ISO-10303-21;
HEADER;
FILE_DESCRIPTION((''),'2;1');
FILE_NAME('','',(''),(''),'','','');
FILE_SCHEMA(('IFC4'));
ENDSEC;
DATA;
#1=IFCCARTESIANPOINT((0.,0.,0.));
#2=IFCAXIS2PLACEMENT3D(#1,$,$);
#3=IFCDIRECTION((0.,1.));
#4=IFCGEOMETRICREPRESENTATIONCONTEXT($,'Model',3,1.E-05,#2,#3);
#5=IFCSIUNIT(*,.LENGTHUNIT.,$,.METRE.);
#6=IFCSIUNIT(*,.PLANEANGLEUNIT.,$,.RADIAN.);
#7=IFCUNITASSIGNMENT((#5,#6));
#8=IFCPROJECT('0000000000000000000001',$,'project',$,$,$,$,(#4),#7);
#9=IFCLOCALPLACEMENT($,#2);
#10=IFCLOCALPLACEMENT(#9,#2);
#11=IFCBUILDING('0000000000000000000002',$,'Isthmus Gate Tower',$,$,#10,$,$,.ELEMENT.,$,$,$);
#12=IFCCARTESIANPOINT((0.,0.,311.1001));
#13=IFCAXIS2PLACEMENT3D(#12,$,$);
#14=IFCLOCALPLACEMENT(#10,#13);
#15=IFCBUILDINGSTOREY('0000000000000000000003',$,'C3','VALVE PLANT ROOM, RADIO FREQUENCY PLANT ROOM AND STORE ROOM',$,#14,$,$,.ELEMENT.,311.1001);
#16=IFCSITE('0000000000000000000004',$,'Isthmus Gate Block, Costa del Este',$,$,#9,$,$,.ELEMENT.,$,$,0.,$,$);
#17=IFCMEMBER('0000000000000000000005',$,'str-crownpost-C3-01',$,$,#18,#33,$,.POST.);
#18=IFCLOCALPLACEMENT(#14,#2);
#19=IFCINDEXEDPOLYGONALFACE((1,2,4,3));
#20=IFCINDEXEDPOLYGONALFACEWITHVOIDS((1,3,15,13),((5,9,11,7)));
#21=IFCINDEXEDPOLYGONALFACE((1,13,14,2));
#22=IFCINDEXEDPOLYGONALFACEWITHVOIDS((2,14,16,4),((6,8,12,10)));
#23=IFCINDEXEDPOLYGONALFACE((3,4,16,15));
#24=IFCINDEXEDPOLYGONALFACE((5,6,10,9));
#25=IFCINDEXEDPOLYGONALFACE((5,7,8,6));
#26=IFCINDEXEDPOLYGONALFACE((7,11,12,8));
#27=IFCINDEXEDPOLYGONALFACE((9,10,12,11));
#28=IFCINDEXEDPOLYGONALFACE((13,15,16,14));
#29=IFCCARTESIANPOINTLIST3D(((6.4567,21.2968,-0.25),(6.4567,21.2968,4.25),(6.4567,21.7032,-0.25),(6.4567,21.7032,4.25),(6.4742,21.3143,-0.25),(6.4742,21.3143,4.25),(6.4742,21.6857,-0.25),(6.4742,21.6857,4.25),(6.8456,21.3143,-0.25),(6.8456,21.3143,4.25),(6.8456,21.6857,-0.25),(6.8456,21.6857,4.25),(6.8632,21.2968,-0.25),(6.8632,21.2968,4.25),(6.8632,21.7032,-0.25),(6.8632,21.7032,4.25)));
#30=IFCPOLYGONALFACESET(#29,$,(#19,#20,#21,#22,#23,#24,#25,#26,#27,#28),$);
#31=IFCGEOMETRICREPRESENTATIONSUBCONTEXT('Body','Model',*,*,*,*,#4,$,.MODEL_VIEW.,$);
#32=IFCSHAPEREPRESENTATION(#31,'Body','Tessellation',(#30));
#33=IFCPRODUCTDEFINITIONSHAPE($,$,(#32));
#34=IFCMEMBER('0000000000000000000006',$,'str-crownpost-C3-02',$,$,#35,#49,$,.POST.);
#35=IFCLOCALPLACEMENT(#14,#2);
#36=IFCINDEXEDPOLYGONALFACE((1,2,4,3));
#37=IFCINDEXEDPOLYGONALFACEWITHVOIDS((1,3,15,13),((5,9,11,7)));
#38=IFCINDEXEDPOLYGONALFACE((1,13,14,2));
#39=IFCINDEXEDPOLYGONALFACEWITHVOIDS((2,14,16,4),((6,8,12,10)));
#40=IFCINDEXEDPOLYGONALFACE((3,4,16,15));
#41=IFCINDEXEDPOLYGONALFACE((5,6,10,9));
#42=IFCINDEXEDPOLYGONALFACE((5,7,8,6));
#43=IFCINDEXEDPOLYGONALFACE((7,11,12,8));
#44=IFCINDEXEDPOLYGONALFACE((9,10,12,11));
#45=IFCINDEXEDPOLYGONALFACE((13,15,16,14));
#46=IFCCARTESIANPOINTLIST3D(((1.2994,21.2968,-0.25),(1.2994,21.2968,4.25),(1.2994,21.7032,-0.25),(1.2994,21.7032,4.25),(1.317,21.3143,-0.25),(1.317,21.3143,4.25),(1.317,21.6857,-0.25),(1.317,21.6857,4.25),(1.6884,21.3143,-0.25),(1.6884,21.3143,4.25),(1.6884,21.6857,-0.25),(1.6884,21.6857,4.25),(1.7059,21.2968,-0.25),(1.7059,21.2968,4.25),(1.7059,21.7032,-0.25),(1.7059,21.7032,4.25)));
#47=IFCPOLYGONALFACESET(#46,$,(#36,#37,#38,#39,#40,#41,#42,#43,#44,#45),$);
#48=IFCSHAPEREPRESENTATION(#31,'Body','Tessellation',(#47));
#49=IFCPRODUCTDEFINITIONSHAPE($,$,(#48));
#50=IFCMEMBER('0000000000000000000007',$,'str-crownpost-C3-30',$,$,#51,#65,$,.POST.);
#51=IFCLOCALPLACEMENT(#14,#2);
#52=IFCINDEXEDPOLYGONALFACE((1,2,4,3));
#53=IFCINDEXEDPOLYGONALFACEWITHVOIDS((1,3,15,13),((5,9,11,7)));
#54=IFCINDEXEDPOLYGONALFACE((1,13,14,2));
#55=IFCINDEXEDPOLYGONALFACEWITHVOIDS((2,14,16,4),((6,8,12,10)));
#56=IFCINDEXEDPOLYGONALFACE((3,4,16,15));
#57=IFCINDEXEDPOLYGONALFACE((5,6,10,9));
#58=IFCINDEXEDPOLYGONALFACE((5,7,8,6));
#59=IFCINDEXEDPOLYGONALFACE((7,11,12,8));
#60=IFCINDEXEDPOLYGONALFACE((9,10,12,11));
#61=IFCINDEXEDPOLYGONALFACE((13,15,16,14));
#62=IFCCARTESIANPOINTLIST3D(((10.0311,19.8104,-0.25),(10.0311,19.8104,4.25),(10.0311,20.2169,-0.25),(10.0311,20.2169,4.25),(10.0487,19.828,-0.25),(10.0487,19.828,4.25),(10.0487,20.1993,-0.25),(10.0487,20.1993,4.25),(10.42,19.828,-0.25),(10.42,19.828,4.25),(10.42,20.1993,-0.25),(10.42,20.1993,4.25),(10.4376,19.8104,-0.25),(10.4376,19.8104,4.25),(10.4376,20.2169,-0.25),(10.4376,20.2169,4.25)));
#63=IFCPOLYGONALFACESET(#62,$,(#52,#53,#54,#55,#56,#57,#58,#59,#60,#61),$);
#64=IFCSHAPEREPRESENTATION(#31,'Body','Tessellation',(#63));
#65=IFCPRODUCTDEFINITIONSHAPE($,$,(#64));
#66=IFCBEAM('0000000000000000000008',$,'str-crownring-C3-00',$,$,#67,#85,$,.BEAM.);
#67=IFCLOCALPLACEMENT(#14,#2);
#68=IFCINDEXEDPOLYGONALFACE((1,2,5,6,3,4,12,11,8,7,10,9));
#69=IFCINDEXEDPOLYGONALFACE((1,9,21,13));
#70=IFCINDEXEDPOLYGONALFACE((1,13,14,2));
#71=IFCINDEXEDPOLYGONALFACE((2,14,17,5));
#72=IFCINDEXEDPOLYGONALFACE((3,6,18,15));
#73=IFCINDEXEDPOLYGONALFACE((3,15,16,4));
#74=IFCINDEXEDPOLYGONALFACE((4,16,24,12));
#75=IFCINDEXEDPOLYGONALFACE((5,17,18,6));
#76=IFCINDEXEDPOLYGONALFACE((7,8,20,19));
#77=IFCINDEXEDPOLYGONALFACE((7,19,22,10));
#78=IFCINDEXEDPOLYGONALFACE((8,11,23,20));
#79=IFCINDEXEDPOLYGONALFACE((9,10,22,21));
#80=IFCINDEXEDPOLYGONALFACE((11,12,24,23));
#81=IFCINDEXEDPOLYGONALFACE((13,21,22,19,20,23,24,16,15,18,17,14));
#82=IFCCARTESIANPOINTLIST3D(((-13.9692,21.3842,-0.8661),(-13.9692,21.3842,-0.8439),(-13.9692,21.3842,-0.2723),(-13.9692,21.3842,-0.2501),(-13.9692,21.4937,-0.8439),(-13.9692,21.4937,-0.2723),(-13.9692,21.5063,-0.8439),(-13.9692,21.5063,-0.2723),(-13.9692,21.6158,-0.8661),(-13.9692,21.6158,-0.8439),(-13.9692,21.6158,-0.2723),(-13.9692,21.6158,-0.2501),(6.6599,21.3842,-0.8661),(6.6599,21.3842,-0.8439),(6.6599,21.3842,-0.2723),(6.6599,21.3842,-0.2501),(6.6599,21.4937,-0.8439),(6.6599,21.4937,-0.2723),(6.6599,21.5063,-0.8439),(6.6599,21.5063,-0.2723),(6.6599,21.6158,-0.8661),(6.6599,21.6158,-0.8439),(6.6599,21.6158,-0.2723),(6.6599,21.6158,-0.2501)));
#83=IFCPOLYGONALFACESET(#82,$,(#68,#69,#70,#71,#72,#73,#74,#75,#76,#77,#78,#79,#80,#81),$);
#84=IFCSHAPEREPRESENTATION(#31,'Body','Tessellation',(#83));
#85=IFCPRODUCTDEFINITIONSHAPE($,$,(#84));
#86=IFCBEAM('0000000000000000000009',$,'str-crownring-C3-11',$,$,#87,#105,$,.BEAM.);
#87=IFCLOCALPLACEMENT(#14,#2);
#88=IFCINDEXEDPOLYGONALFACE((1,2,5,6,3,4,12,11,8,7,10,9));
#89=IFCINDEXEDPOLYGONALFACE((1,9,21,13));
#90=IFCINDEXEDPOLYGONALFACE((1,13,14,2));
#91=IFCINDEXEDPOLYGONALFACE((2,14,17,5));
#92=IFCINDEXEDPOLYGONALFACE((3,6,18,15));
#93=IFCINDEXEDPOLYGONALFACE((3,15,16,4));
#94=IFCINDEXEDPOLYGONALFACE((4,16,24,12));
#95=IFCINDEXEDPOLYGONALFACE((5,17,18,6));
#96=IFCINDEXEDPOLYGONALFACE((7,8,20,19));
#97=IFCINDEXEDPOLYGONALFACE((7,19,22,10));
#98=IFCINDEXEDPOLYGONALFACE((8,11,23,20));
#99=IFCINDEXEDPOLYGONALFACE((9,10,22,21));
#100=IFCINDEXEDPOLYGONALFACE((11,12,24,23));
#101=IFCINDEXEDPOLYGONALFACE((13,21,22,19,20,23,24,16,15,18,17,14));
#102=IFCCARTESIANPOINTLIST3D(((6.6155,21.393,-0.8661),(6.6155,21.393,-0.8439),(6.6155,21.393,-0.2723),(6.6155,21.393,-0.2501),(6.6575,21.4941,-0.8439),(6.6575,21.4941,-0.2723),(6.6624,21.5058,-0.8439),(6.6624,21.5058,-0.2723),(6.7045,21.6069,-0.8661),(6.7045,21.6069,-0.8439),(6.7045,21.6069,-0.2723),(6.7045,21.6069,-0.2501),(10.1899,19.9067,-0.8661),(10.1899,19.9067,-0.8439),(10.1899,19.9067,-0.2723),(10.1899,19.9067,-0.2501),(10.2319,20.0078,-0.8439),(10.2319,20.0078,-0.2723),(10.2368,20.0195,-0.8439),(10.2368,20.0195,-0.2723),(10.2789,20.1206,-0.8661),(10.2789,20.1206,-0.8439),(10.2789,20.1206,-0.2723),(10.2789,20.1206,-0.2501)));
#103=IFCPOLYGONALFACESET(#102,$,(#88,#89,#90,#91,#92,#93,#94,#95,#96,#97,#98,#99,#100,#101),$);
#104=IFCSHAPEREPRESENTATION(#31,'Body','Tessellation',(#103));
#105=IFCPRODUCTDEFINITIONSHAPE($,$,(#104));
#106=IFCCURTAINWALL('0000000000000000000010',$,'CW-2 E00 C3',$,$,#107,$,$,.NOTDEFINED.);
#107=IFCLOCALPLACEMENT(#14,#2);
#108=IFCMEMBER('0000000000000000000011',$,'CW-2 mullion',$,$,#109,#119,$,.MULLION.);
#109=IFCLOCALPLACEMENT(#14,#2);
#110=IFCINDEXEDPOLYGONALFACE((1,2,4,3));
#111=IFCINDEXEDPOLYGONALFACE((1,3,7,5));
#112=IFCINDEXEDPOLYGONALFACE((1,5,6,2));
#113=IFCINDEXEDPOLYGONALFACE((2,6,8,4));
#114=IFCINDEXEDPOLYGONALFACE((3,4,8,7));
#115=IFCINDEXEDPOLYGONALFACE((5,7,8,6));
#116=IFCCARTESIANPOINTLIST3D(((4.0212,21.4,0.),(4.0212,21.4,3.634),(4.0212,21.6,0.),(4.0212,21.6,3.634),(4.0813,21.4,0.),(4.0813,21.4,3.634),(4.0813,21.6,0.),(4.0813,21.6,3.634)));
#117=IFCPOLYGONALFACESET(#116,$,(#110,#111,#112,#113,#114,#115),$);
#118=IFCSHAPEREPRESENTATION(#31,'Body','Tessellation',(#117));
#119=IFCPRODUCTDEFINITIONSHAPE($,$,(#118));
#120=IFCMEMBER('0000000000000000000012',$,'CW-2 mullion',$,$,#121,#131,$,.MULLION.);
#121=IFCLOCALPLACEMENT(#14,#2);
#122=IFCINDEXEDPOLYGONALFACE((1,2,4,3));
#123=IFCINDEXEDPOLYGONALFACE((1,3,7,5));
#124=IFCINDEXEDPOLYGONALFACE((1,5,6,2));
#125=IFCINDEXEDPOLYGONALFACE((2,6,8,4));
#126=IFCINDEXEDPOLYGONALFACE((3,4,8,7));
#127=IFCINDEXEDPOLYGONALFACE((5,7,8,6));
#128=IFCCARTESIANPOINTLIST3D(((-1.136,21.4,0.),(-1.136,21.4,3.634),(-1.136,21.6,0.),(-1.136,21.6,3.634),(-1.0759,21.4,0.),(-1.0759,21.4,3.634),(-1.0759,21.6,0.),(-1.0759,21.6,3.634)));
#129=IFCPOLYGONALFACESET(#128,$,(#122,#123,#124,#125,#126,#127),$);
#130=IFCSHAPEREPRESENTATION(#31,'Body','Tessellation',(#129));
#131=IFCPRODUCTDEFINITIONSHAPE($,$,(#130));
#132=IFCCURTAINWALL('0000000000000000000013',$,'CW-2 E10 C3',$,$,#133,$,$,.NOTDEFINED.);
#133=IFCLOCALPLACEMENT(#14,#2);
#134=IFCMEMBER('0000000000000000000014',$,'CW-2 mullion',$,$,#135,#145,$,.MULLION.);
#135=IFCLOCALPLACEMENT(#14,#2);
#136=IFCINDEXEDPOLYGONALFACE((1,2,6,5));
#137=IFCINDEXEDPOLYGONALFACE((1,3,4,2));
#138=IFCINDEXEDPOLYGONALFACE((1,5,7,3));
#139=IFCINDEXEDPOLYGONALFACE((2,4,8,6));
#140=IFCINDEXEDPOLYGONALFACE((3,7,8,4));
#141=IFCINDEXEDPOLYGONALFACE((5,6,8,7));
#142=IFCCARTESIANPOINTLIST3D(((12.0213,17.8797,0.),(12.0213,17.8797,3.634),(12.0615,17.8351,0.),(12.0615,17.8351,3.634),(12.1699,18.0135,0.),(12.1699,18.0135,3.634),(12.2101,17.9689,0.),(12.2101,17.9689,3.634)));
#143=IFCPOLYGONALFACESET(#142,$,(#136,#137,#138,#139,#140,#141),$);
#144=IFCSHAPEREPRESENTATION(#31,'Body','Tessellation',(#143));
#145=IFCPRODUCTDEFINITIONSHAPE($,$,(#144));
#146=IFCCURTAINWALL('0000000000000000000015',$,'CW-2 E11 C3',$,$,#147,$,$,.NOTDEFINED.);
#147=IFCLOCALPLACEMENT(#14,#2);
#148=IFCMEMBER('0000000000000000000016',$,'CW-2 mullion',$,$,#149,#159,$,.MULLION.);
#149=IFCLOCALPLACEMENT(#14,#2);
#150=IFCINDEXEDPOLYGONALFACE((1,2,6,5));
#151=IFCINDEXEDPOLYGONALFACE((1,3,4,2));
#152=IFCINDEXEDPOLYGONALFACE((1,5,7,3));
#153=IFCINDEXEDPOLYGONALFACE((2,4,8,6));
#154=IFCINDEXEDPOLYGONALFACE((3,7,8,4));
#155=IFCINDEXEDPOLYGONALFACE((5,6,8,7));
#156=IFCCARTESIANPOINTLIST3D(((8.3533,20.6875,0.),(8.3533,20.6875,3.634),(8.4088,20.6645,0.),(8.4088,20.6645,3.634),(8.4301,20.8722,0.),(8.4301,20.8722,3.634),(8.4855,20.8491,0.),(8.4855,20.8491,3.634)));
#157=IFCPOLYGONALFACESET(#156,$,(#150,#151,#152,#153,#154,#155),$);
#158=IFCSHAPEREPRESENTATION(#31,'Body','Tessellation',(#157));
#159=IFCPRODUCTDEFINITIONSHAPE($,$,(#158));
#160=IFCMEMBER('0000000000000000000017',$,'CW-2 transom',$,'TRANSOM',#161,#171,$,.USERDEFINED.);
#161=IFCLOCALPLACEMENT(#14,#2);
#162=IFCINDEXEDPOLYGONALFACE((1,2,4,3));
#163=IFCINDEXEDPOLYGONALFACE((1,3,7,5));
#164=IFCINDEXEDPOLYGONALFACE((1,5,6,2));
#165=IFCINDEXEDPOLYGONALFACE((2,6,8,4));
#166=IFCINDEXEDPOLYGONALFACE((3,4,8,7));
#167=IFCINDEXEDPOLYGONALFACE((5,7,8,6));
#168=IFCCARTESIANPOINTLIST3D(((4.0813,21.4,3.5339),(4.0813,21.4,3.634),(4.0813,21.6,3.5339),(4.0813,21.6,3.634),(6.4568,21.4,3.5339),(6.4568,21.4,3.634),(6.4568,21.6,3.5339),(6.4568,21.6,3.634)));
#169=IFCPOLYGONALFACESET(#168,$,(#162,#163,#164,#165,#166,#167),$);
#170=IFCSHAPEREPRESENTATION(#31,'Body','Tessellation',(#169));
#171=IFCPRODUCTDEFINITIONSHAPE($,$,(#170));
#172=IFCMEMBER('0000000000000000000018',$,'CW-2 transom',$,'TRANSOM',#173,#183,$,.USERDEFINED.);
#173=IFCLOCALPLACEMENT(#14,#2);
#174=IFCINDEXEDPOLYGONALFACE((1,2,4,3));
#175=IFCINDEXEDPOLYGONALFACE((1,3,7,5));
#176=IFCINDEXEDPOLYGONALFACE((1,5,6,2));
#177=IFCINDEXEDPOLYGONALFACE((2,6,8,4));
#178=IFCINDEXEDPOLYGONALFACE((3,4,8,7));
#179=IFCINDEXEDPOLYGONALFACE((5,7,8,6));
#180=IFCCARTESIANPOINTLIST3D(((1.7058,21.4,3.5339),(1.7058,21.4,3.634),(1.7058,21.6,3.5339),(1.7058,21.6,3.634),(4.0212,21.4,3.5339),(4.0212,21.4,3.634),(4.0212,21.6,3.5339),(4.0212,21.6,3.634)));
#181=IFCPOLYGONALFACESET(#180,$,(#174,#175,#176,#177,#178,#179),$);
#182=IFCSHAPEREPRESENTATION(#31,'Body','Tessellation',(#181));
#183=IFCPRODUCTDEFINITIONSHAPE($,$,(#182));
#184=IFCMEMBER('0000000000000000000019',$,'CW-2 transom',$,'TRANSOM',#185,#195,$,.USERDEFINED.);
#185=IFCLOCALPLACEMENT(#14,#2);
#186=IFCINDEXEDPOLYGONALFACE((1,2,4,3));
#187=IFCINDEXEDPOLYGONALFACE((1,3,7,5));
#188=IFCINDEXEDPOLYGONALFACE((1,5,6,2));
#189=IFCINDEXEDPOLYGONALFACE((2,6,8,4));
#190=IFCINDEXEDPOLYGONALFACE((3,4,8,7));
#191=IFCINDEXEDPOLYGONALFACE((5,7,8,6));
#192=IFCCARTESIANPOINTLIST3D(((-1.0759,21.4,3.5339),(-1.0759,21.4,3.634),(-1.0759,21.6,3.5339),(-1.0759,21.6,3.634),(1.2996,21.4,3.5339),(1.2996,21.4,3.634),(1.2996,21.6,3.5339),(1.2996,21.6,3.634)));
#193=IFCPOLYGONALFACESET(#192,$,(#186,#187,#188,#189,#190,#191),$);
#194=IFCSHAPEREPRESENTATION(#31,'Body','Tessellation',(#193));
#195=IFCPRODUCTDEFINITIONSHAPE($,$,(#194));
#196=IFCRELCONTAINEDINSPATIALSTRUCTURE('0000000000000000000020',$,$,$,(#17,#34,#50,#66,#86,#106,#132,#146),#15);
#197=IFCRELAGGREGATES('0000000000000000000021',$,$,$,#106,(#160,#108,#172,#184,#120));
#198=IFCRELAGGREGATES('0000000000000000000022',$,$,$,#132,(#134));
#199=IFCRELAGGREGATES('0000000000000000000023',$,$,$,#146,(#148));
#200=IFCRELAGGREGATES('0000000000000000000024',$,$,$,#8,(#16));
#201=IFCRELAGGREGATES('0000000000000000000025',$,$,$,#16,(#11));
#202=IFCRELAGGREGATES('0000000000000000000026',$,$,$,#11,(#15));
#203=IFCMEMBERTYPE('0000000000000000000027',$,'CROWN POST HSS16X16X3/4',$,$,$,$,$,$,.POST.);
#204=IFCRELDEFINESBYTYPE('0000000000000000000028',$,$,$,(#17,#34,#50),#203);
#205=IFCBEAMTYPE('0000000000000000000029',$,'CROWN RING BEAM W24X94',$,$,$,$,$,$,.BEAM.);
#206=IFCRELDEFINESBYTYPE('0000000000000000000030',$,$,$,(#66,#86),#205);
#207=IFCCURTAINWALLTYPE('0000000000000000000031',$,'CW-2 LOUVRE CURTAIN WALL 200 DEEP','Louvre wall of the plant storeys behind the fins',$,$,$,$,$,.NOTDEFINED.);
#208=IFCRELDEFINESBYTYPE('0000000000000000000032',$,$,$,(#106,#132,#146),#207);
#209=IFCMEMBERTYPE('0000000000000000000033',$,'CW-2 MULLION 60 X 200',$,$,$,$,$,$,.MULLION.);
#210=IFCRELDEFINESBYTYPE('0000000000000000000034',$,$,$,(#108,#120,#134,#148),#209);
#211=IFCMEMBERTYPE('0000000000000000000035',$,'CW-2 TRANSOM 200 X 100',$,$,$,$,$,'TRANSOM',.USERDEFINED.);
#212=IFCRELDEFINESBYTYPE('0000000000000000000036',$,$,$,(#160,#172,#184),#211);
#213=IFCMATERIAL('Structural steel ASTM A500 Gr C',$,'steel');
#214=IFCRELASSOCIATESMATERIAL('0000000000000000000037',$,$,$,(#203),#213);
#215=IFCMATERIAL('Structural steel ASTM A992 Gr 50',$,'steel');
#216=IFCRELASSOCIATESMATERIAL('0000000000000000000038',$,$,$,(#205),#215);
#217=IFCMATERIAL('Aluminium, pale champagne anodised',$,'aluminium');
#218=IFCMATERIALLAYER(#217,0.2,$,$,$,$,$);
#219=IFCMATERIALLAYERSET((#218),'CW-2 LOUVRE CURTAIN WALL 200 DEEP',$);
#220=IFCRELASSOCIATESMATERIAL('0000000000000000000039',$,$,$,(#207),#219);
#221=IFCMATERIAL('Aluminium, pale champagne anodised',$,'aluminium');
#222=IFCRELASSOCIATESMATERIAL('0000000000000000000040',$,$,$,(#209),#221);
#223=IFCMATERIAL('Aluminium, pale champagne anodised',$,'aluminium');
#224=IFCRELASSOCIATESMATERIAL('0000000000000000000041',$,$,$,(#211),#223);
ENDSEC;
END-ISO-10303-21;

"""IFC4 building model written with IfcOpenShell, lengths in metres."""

from ifc_helpers import new_model, si_unit, direction, frame, origin, origin_2d, place, context, subcontext, project, spatial, rectangle, hollow_rectangle, i_section, extrude, material, layer, layer_set, material_profile, profile_set, type_object, element, aggregate, save


model = new_model("IFC4")

# Units and contexts
model_context = context("Model", 3, precision=1e-05, world=origin(), true_north=direction((0.0, 1.0)))
body_context = subcontext(model_context, "Body", "Model", "MODEL_VIEW")
ifc_project = project(units=[si_unit("LENGTHUNIT", "METRE"), si_unit("PLANEANGLEUNIT", "RADIAN")], contexts=[model_context])

# Site, building, storey
site_placement = place(None, origin())
site = spatial("IfcSite", under=ifc_project, at=site_placement, Name="Isthmus Gate Block, Costa del Este", CompositionType="ELEMENT", RefElevation=0.0)
building_placement = place(site_placement, origin())
building = spatial("IfcBuilding", under=site, at=building_placement, Name="Isthmus Gate Tower", CompositionType="ELEMENT")
storey_placement = place(building_placement, frame((0.0, 0.0, 311.1001)))
storey = spatial("IfcBuildingStorey", under=building, at=storey_placement, Name="C3", Description="VALVE PLANT ROOM, RADIO FREQUENCY PLANT ROOM AND STORE ROOM", CompositionType="ELEMENT", Elevation=311.1001)

# Members
ifc_material_1 = material(Name="Structural steel ASTM A500 Gr C", Category="steel")
ifc_material_profile_1 = material_profile(ifc_material_1, hollow_rectangle(XDim=0.4065, YDim=0.4065, WallThickness=0.0176, at=origin_2d()), Name="HSS16X16X3/4")
ifc_profile_set_1 = profile_set([ifc_material_profile_1], Name="Structural steel ASTM A500 Gr C")
member_type_1 = type_object("IfcMemberType", Name="CROWN POST HSS16X16X3/4", PredefinedType="POST", material=ifc_profile_set_1)
for number, where, z_axis, x_axis, name in (
    (1, (6.6599, 21.5, -0.25), (0.0, 0.0, 1.0), (1.0, 0.0, 0.0), "str-crownpost-C3-01"),
    (2, (1.5027, 21.5, -0.25), (0.0, 0.0, 1.0), (1.0, 0.0, 0.0), "str-crownpost-C3-02"),
    (3, (10.2344, 20.0137, -0.25), (0.0, 0.0, 1.0), (1.0, 0.0, 0.0), "str-crownpost-C3-30"),
):
    element("IfcMember", number, at=place(storey_placement, frame(where, z_axis=z_axis, x_axis=x_axis)), inside=storey, type_object=member_type_1, Name=name, PredefinedType="POST", context=body_context, shape_type="SweptSolid", body=[
        extrude(hollow_rectangle(XDim=0.4065, YDim=0.4065, WallThickness=0.0176, at=origin_2d()), origin(), (0.0, 0.0, 1.0), 4.5),
    ])

# Beams
ifc_material_2 = material(Name="Structural steel ASTM A992 Gr 50", Category="steel")
ifc_material_profile_2 = material_profile(ifc_material_2, i_section(OverallWidth=0.2317, OverallDepth=0.616, WebThickness=0.0127, FlangeThickness=0.0222, at=origin_2d()), Name="W24X94")
ifc_profile_set_2 = profile_set([ifc_material_profile_2], Name="Structural steel ASTM A992 Gr 50")
beam_type_1 = type_object("IfcBeamType", Name="CROWN RING BEAM W24X94", PredefinedType="BEAM", material=ifc_profile_set_2)
beam_1_placement = place(storey_placement, frame((6.6599, 21.5, -0.5581), z_axis=(-1.0, 0.0, 0.0), x_axis=(0.0, -1.0, 0.0)))
element("IfcBeam", 4, at=beam_1_placement, inside=storey, type_object=beam_type_1, Name="str-crownring-C3-00", PredefinedType="BEAM", context=body_context, shape_type="SweptSolid", body=[
    extrude(i_section(OverallWidth=0.2317, OverallDepth=0.616, WebThickness=0.0127, FlangeThickness=0.0222, at=origin_2d()), origin(), (0.0, 0.0, 1.0), 20.6292),
])
beam_2_placement = place(storey_placement, frame((10.2344, 20.0137, -0.5581), z_axis=(-0.923355, 0.383948, 0.0), x_axis=(-0.383948, -0.923355, 0.0)))
element("IfcBeam", 5, at=beam_2_placement, inside=storey, type_object=beam_type_1, Name="str-crownring-C3-11", PredefinedType="BEAM", context=body_context, shape_type="SweptSolid", body=[
    extrude(i_section(OverallWidth=0.2317, OverallDepth=0.616, WebThickness=0.0127, FlangeThickness=0.0222, at=origin_2d()), origin(), (0.0, 0.0, 1.0), 3.8711),
])

# Curtain wall, members
ifc_material_3 = material(Name="Aluminium, pale champagne anodised", Category="aluminium")
ifc_layer_1 = layer(ifc_material_3, 0.2)
ifc_layer_set_1 = layer_set([ifc_layer_1], Name="CW-2 LOUVRE CURTAIN WALL 200 DEEP")
curtain_wall_type = type_object("IfcCurtainWallType", Name="CW-2 LOUVRE CURTAIN WALL 200 DEEP", Description="Louvre wall of the plant storeys behind the fins", PredefinedType="NOTDEFINED", material=ifc_layer_set_1)
curtain_wall_1_placement = place(storey_placement, origin())
curtain_wall_1 = element("IfcCurtainWall", 6, at=curtain_wall_1_placement, inside=storey, type_object=curtain_wall_type, Name="CW-2 E00 C3", PredefinedType="NOTDEFINED")
ifc_material_4 = material(Name="Aluminium, pale champagne anodised", Category="aluminium")
ifc_material_profile_3 = material_profile(ifc_material_4, rectangle(XDim=0.0601, YDim=0.2, at=origin_2d()), Name="60x200")
ifc_profile_set_3 = profile_set([ifc_material_profile_3], Name="Aluminium, pale champagne anodised")
member_type_2 = type_object("IfcMemberType", Name="CW-2 MULLION 60 X 200", PredefinedType="MULLION", material=ifc_profile_set_3)
member_1_placement = place(storey_placement, frame((4.0513, 21.5, 0.0), z_axis=(0.0, 0.0, 1.0), x_axis=(-1.0, 0.0, 0.0)))
member_1 = element("IfcMember", 7, at=member_1_placement, type_object=member_type_2, Name="CW-2 mullion", PredefinedType="MULLION", context=body_context, shape_type="SweptSolid", body=[
    extrude(rectangle(XDim=0.0601, YDim=0.2, at=origin_2d()), origin(), (0.0, 0.0, 1.0), 3.634),
])
member_2_placement = place(storey_placement, frame((-1.106, 21.5, 0.0), z_axis=(0.0, 0.0, 1.0), x_axis=(-1.0, 0.0, 0.0)))
member_2 = element("IfcMember", 8, at=member_2_placement, type_object=member_type_2, Name="CW-2 mullion", PredefinedType="MULLION", context=body_context, shape_type="SweptSolid", body=[
    extrude(rectangle(XDim=0.0601, YDim=0.2, at=origin_2d()), origin(), (0.0, 0.0, 1.0), 3.634),
])

# Curtain walls, members
curtain_wall_2_placement = place(storey_placement, origin())
curtain_wall_2 = element("IfcCurtainWall", 9, at=curtain_wall_2_placement, inside=storey, type_object=curtain_wall_type, Name="CW-2 E10 C3", PredefinedType="NOTDEFINED")
member_3_placement = place(storey_placement, frame((12.1157, 17.9243, 0.0), z_axis=(0.0, 0.0, 1.0), x_axis=(-0.669131, 0.743145, 0.0)))
member_3 = element("IfcMember", 10, at=member_3_placement, type_object=member_type_2, Name="CW-2 mullion", PredefinedType="MULLION", context=body_context, shape_type="SweptSolid", body=[
    extrude(rectangle(XDim=0.0601, YDim=0.2, at=origin_2d()), origin(), (0.0, 0.0, 1.0), 3.634),
])
curtain_wall_3_placement = place(storey_placement, origin())
curtain_wall_3 = element("IfcCurtainWall", 11, at=curtain_wall_3_placement, inside=storey, type_object=curtain_wall_type, Name="CW-2 E11 C3", PredefinedType="NOTDEFINED")
member_4_placement = place(storey_placement, frame((8.4194, 20.7683, 0.0), z_axis=(0.0, 0.0, 1.0), x_axis=(-0.923353, 0.383952, 0.0)))
member_4 = element("IfcMember", 12, at=member_4_placement, type_object=member_type_2, Name="CW-2 mullion", PredefinedType="MULLION", context=body_context, shape_type="SweptSolid", body=[
    extrude(rectangle(XDim=0.0601, YDim=0.2, at=origin_2d()), origin(), (0.0, 0.0, 1.0), 3.634),
])

# Members
ifc_material_5 = material(Name="Aluminium, pale champagne anodised", Category="aluminium")
ifc_material_profile_4 = material_profile(ifc_material_5, rectangle(XDim=0.2, YDim=0.1001, at=origin_2d()), Name="200x100")
ifc_profile_set_4 = profile_set([ifc_material_profile_4], Name="Aluminium, pale champagne anodised")
member_type_3 = type_object("IfcMemberType", Name="CW-2 TRANSOM 200 X 100", ElementType="TRANSOM", PredefinedType="USERDEFINED", material=ifc_profile_set_4)
member_5_placement = place(storey_placement, frame((6.4568, 21.5, 3.584), z_axis=(-1.0, 0.0, 0.0), x_axis=(0.0, -1.0, 0.0)))
member_5 = element("IfcMember", 13, at=member_5_placement, type_object=member_type_3, Name="CW-2 transom", ObjectType="TRANSOM", PredefinedType="USERDEFINED", context=body_context, shape_type="SweptSolid", body=[
    extrude(rectangle(XDim=0.2, YDim=0.1001, at=origin_2d()), origin(), (0.0, 0.0, 1.0), 2.3755),
])
member_6_placement = place(storey_placement, frame((4.0212, 21.5, 3.584), z_axis=(-1.0, 0.0, 0.0), x_axis=(0.0, -1.0, 0.0)))
member_6 = element("IfcMember", 14, at=member_6_placement, type_object=member_type_3, Name="CW-2 transom", ObjectType="TRANSOM", PredefinedType="USERDEFINED", context=body_context, shape_type="SweptSolid", body=[
    extrude(rectangle(XDim=0.2, YDim=0.1001, at=origin_2d()), origin(), (0.0, 0.0, 1.0), 2.3154),
])
member_7_placement = place(storey_placement, frame((1.2996, 21.5, 3.584), z_axis=(-1.0, 0.0, 0.0), x_axis=(0.0, -1.0, 0.0)))
member_7 = element("IfcMember", 15, at=member_7_placement, type_object=member_type_3, Name="CW-2 transom", ObjectType="TRANSOM", PredefinedType="USERDEFINED", context=body_context, shape_type="SweptSolid", body=[
    extrude(rectangle(XDim=0.2, YDim=0.1001, at=origin_2d()), origin(), (0.0, 0.0, 1.0), 2.3755),
])

aggregate(curtain_wall_1, [member_5, member_1, member_6, member_7, member_2])
aggregate(curtain_wall_2, [member_3])
aggregate(curtain_wall_3, [member_4])

save(model, "model.ifc")
